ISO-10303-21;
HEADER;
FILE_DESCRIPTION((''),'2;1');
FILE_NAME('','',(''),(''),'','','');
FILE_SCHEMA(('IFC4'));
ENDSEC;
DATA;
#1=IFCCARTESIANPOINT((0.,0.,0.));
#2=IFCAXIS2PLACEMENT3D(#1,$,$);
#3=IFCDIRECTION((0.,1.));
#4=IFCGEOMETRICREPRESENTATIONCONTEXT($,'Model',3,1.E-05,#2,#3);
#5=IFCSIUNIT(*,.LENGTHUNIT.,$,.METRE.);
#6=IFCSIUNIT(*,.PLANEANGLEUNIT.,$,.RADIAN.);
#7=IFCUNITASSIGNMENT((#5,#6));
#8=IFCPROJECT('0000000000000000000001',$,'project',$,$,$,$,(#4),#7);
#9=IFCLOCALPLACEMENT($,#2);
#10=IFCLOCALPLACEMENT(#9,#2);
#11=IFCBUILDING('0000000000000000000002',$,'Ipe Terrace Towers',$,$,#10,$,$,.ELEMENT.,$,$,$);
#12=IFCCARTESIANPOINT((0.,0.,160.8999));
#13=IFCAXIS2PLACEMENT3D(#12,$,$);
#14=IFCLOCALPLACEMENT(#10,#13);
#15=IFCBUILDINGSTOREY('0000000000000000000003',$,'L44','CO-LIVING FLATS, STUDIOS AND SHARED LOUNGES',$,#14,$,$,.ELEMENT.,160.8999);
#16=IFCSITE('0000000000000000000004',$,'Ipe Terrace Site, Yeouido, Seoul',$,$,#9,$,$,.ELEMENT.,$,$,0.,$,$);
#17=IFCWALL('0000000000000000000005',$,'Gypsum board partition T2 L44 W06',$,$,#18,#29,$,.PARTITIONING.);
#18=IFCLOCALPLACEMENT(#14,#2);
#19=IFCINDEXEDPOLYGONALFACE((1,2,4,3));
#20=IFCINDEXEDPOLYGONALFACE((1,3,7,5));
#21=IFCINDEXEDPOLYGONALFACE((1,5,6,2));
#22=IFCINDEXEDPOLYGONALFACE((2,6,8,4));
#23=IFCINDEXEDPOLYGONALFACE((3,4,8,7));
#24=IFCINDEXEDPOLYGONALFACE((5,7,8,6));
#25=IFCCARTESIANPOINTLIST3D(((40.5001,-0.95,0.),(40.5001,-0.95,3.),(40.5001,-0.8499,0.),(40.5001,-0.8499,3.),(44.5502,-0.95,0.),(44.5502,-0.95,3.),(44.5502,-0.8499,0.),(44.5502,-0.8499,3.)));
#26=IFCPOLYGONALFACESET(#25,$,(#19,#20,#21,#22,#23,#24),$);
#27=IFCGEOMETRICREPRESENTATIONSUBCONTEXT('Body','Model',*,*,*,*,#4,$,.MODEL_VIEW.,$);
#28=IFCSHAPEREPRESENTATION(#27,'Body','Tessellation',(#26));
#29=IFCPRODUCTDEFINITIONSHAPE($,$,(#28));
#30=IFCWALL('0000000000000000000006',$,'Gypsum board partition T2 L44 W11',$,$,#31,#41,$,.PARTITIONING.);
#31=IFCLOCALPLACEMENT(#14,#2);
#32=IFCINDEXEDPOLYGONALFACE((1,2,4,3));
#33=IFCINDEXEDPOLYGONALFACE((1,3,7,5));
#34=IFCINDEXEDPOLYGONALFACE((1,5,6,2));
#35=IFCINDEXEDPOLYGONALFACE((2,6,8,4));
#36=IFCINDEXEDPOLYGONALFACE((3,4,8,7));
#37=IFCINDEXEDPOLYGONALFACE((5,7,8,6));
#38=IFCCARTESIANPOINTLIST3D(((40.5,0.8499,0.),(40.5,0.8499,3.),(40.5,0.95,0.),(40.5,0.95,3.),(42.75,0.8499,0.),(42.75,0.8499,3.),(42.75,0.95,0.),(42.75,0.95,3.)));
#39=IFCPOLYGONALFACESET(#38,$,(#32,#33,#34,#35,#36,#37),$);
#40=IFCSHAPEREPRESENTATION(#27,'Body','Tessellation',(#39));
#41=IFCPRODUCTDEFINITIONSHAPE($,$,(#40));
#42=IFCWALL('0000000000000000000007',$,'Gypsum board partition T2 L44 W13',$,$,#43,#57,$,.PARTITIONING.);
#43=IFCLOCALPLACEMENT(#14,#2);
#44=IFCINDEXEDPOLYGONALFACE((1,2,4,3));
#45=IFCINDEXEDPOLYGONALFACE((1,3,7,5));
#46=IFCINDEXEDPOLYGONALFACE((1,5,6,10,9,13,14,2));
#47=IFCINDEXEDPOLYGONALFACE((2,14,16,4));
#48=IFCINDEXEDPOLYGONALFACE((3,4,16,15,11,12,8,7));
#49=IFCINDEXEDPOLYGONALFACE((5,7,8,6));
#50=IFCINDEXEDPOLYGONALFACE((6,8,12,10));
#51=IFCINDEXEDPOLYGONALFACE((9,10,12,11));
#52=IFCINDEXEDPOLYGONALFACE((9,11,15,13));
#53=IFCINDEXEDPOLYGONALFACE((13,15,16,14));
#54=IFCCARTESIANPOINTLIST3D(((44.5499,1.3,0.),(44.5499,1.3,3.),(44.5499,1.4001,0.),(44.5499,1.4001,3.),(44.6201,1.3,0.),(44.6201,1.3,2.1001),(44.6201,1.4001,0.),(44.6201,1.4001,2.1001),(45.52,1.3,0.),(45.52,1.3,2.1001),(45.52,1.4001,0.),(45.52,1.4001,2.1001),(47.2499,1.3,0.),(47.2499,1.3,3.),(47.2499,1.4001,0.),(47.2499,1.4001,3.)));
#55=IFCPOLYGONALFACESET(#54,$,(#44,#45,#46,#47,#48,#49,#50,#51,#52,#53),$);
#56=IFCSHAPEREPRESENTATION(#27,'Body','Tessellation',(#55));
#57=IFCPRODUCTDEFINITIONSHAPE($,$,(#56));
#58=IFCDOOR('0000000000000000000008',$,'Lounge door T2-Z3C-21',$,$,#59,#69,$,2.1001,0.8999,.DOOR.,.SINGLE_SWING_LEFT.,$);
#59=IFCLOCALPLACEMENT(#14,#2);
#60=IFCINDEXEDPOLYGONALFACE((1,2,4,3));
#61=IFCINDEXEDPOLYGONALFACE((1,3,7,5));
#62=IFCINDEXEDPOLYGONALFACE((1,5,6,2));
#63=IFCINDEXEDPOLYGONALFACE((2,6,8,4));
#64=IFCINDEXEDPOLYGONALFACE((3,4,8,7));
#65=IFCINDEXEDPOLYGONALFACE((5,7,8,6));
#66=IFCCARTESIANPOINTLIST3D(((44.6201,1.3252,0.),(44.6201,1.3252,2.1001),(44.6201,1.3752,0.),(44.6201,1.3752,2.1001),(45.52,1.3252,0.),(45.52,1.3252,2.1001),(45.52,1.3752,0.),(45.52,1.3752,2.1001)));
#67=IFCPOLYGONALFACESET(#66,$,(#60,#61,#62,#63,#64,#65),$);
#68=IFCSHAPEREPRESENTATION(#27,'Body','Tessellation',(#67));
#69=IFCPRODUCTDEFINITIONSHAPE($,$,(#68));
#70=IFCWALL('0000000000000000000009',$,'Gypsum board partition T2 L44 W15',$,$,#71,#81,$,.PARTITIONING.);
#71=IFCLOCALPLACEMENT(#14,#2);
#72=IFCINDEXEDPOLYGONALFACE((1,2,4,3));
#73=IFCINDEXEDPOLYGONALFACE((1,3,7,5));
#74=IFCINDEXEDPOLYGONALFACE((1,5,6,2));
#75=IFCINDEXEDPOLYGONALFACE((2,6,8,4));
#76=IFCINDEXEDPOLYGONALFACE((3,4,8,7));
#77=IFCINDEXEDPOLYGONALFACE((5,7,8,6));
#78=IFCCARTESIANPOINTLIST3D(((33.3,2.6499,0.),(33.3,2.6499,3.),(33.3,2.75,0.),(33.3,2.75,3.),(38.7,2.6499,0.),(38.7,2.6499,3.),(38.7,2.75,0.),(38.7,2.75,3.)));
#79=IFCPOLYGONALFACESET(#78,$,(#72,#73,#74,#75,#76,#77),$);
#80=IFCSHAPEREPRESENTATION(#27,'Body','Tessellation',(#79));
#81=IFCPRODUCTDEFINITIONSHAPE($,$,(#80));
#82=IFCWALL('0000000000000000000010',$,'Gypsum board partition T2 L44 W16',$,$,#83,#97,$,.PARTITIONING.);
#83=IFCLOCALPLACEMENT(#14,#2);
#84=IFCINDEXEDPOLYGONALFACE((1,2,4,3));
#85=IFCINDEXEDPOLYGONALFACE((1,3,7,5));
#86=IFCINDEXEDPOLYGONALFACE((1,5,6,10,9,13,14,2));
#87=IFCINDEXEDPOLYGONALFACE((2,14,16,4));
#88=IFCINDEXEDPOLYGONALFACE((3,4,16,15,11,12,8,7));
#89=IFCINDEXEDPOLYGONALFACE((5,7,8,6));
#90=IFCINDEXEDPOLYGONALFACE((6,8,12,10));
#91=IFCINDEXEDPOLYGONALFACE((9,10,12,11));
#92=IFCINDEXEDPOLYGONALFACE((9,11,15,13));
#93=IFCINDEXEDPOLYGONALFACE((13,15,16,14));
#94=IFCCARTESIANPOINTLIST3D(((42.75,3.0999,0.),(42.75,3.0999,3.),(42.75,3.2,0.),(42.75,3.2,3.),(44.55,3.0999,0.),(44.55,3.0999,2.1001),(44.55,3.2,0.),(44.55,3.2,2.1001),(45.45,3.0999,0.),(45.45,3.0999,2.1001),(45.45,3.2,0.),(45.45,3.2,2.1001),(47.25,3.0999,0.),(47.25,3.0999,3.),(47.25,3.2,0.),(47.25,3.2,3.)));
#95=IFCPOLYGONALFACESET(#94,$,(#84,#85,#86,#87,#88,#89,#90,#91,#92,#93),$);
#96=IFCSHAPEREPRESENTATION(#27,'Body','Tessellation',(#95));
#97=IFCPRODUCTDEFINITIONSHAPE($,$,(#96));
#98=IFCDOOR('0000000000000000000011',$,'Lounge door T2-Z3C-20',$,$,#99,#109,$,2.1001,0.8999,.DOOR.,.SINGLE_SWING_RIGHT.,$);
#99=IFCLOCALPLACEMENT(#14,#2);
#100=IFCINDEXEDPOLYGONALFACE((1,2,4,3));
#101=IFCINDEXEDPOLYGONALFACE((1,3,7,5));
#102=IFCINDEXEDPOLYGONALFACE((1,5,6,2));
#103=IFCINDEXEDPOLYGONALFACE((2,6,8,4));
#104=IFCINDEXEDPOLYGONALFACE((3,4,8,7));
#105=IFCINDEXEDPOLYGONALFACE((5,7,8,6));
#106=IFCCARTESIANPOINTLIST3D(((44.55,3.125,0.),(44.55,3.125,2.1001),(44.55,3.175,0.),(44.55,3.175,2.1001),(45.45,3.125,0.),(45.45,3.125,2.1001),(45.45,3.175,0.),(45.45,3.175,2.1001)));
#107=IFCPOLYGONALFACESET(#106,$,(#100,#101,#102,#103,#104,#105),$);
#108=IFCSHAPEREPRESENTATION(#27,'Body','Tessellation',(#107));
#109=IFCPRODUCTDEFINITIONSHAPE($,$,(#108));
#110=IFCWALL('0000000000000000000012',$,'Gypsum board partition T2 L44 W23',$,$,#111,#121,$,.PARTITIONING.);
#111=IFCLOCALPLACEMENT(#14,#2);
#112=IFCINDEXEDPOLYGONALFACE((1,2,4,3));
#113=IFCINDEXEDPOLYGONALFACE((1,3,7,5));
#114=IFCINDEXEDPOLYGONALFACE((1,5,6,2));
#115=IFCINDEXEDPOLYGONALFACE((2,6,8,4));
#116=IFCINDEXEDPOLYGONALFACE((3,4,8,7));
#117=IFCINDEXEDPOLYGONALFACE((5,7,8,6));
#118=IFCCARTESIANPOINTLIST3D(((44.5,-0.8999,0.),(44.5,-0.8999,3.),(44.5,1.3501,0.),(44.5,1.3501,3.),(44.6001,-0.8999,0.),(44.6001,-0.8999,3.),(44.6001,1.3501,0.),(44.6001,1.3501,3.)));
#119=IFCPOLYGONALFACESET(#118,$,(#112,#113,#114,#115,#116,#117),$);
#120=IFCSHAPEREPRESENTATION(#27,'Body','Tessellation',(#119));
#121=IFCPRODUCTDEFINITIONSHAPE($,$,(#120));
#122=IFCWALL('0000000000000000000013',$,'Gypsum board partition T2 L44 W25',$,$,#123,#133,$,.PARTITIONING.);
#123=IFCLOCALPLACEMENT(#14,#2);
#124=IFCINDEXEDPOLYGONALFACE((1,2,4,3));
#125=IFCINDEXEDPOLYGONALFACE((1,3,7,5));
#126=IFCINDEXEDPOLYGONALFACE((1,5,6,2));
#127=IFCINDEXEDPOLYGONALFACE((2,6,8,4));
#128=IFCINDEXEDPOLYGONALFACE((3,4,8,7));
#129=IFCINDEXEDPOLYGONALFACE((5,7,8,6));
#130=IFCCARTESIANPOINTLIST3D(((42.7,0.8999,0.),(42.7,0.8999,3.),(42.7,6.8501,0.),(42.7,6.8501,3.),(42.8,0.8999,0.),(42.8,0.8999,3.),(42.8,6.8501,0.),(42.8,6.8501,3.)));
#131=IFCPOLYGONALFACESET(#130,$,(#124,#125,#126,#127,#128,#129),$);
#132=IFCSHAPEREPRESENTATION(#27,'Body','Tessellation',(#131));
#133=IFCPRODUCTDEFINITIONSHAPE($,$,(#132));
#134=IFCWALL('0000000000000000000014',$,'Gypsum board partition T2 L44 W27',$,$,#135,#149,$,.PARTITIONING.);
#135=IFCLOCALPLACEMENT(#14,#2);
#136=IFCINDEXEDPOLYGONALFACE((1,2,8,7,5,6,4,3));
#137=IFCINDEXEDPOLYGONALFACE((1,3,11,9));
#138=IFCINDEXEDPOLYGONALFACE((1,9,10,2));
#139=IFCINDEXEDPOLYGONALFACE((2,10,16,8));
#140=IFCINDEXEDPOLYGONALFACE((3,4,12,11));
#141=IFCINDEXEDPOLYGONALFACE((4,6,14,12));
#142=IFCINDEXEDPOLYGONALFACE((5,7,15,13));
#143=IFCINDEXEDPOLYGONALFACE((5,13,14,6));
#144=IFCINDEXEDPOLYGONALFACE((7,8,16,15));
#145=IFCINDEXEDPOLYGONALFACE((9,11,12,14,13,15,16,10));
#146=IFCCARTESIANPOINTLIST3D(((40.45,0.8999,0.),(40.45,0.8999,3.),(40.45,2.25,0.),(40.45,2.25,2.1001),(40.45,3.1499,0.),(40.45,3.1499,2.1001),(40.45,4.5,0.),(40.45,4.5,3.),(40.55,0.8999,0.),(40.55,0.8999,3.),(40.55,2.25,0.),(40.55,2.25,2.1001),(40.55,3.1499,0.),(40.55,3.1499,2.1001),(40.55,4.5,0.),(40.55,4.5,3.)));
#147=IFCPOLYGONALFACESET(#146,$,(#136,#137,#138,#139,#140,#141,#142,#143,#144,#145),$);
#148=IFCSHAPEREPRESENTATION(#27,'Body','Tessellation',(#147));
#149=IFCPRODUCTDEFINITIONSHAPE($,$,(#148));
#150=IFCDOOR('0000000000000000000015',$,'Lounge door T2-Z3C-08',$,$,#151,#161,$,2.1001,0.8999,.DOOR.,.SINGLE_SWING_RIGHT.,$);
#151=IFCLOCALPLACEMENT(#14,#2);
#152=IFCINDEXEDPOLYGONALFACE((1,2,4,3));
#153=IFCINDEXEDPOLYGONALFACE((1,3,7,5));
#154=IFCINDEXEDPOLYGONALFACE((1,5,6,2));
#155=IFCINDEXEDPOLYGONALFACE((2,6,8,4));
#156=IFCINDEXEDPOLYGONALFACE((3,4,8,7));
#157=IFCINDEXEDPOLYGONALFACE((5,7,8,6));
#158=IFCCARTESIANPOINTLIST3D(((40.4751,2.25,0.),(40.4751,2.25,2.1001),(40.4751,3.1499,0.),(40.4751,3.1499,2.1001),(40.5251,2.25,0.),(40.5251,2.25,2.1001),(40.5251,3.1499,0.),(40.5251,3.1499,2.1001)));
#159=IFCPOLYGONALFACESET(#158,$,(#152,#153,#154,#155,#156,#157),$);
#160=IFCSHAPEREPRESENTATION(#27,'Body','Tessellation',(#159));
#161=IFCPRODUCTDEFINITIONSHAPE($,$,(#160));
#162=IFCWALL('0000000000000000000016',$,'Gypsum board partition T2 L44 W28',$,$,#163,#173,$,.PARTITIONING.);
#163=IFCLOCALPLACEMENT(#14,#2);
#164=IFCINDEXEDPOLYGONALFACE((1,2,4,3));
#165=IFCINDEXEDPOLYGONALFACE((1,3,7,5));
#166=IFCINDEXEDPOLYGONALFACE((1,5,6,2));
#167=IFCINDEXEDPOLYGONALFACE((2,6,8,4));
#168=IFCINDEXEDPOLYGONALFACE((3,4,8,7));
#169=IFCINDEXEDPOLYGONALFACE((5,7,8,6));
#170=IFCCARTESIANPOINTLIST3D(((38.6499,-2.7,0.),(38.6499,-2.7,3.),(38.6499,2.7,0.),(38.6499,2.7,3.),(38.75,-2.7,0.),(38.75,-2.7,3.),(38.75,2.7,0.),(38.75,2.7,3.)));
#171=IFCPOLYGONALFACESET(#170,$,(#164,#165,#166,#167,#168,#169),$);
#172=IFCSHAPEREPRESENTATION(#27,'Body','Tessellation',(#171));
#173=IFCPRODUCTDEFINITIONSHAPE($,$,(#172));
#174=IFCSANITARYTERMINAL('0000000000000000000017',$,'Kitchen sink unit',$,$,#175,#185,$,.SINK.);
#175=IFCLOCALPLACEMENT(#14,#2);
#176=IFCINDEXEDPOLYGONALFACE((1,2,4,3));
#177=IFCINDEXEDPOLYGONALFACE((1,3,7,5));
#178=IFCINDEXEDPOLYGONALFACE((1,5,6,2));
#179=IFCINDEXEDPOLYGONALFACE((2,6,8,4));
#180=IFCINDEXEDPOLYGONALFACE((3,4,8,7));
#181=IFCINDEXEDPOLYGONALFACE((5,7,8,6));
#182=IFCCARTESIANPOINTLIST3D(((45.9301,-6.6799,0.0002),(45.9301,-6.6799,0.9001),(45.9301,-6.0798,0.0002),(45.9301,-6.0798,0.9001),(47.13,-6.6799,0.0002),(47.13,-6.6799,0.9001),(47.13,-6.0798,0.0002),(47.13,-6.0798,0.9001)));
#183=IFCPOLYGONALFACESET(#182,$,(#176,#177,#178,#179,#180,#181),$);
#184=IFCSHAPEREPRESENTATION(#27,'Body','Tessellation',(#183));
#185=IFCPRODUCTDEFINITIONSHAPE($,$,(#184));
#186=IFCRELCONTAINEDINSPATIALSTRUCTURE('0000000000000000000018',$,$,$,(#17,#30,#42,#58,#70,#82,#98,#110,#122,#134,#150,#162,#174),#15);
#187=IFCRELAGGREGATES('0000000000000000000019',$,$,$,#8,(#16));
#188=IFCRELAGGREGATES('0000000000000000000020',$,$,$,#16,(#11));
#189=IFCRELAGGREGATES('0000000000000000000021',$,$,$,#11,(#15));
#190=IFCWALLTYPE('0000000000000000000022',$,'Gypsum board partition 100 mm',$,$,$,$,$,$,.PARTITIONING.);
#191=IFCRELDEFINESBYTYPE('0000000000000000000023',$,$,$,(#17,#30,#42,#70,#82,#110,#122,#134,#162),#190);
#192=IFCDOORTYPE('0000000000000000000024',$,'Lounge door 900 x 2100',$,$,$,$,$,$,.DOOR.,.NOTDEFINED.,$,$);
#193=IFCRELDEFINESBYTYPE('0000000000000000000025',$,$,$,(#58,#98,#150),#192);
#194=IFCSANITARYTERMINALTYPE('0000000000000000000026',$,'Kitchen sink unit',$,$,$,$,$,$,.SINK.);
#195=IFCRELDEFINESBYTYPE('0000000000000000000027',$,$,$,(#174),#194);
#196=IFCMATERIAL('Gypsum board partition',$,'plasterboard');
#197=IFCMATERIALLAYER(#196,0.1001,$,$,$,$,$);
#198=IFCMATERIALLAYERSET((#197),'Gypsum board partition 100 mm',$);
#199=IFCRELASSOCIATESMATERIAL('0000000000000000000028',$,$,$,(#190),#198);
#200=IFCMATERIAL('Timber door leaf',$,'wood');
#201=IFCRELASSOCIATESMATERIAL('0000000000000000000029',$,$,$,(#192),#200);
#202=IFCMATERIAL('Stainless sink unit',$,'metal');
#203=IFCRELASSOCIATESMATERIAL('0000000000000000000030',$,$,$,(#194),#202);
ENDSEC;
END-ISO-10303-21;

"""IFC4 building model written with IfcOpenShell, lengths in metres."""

from ifc_helpers import new_model, si_unit, direction, frame, frame_2d, origin, origin_2d, place, context, subcontext, project, spatial, rectangle, extrude, material, layer, layer_set, type_object, element, fill, save


model = new_model("IFC4")

# Units and contexts
model_context = context("Model", 3, precision=1e-05, world=origin(), true_north=direction((0.0, 1.0)))
body_context = subcontext(model_context, "Body", "Model", "MODEL_VIEW")
ifc_project = project(units=[si_unit("LENGTHUNIT", "METRE"), si_unit("PLANEANGLEUNIT", "RADIAN")], contexts=[model_context])

# Site, building, storey
site_placement = place(None, origin())
site = spatial("IfcSite", under=ifc_project, at=site_placement, Name="Ipe Terrace Site, Yeouido, Seoul", CompositionType="ELEMENT", RefElevation=0.0)
building_placement = place(site_placement, origin())
building = spatial("IfcBuilding", under=site, at=building_placement, Name="Ipe Terrace Towers", CompositionType="ELEMENT")
storey_placement = place(building_placement, frame((0.0, 0.0, 160.8999)))
storey = spatial("IfcBuildingStorey", under=building, at=storey_placement, Name="L44", Description="CO-LIVING FLATS, STUDIOS AND SHARED LOUNGES", CompositionType="ELEMENT", Elevation=160.8999)

# Shared definitions
ifc_material_1 = material(Name="Gypsum board partition", Category="plasterboard")
ifc_layer_1 = layer(ifc_material_1, 0.1001)
ifc_layer_set_1 = layer_set([ifc_layer_1], Name="Gypsum board partition 100 mm")
wall_type_1 = type_object("IfcWallType", Name="Gypsum board partition 100 mm", PredefinedType="PARTITIONING", material=ifc_layer_set_1)
ifc_material_2 = material(Name="Timber door leaf", Category="wood")
door_type = type_object("IfcDoorType", Name="Lounge door 900 x 2100", OperationType="NOTDEFINED", PredefinedType="DOOR", material=ifc_material_2)

# Walls
wall_1_placement = place(storey_placement, frame((44.55, -0.8999, 0.0), z_axis=(0.0, 0.0, 1.0), x_axis=(-1.0, 0.0, 0.0)))
element("IfcWall", 1, at=wall_1_placement, inside=storey, type_object=wall_type_1, Name="Gypsum board partition T2 L44 W06", PredefinedType="PARTITIONING", context=body_context, shape_type="SweptSolid", body=[
    extrude(rectangle(XDim=4.05, YDim=0.1001, at=frame_2d((2.0249, 0.0))), origin(), (0.0, 0.0, 1.0), 3.0),
])
wall_2_placement = place(storey_placement, frame((42.75, 0.8999, 0.0), z_axis=(0.0, 0.0, 1.0), x_axis=(-1.0, 0.0, 0.0)))
element("IfcWall", 2, at=wall_2_placement, inside=storey, type_object=wall_type_1, Name="Gypsum board partition T2 L44 W11", PredefinedType="PARTITIONING", context=body_context, shape_type="SweptSolid", body=[
    extrude(rectangle(XDim=2.25, YDim=0.1001, at=frame_2d((1.125, 0.0))), origin(), (0.0, 0.0, 1.0), 3.0),
])

# Wall, opening, door
wall_3_placement = place(storey_placement, frame((47.25, 1.3501, 0.0), z_axis=(0.0, 0.0, 1.0), x_axis=(-1.0, 0.0, 0.0)))
wall_3 = element("IfcWall", 3, at=wall_3_placement, inside=storey, type_object=wall_type_1, Name="Gypsum board partition T2 L44 W13", PredefinedType="PARTITIONING", context=body_context, shape_type="SweptSolid", body=[
    extrude(rectangle(XDim=2.7, YDim=0.1001, at=frame_2d((1.3501, 0.0))), origin(), (0.0, 0.0, 1.0), 3.0),
])
opening_1_placement = place(wall_3_placement, frame((1.73, 0.0, 0.0)))
opening_1 = element("IfcOpeningElement", 4, at=opening_1_placement, cuts=wall_3, PredefinedType="OPENING", context=body_context, shape_type="SweptSolid", body=[
    extrude(rectangle(XDim=0.8999, YDim=2.1001, at=frame_2d((0.45, 1.05))), frame((0.0, 0.0601, 0.0), z_axis=(0.0, -1.0, 0.0), x_axis=(1.0, 0.0, 0.0)), (0.0, 0.0, 1.0), 0.1201),
])
door_1_placement = place(opening_1_placement, origin())
door_1 = element("IfcDoor", 5, at=door_1_placement, inside=storey, type_object=door_type, Name="Lounge door T2-Z3C-21", OperationType="SINGLE_SWING_LEFT", OverallHeight=2.1001, OverallWidth=0.8999, PredefinedType="DOOR", context=body_context, shape_type="SweptSolid", body=[
    extrude(rectangle(XDim=0.8999, YDim=2.1001, at=frame_2d((0.45, 1.05))), frame((0.0, 0.0249, 0.0), z_axis=(0.0, -1.0, 0.0), x_axis=(1.0, 0.0, 0.0)), (0.0, 0.0, 1.0), 0.05),
])
fill(opening_1, door_1)

# Wall
wall_4_placement = place(storey_placement, frame((38.7, 2.7, 0.0), z_axis=(0.0, 0.0, 1.0), x_axis=(-1.0, 0.0, 0.0)))
element("IfcWall", 6, at=wall_4_placement, inside=storey, type_object=wall_type_1, Name="Gypsum board partition T2 L44 W15", PredefinedType="PARTITIONING", context=body_context, shape_type="SweptSolid", body=[
    extrude(rectangle(XDim=5.3999, YDim=0.1001, at=frame_2d((2.7, 0.0))), origin(), (0.0, 0.0, 1.0), 3.0),
])

# Wall, opening, door
wall_5_placement = place(storey_placement, frame((47.25, 3.1499, 0.0), z_axis=(0.0, 0.0, 1.0), x_axis=(-1.0, 0.0, 0.0)))
wall_5 = element("IfcWall", 7, at=wall_5_placement, inside=storey, type_object=wall_type_1, Name="Gypsum board partition T2 L44 W16", PredefinedType="PARTITIONING", context=body_context, shape_type="SweptSolid", body=[
    extrude(rectangle(XDim=4.5, YDim=0.1001, at=frame_2d((2.25, 0.0))), origin(), (0.0, 0.0, 1.0), 3.0),
])
opening_2_placement = place(wall_5_placement, frame((1.8, 0.0, 0.0)))
opening_2 = element("IfcOpeningElement", 8, at=opening_2_placement, cuts=wall_5, PredefinedType="OPENING", context=body_context, shape_type="SweptSolid", body=[
    extrude(rectangle(XDim=0.8999, YDim=2.1001, at=frame_2d((0.45, 1.05))), frame((0.0, 0.0601, 0.0), z_axis=(0.0, -1.0, 0.0), x_axis=(1.0, 0.0, 0.0)), (0.0, 0.0, 1.0), 0.1201),
])
door_2_placement = place(opening_2_placement, origin())
door_2 = element("IfcDoor", 9, at=door_2_placement, inside=storey, type_object=door_type, Name="Lounge door T2-Z3C-20", OperationType="SINGLE_SWING_RIGHT", OverallHeight=2.1001, OverallWidth=0.8999, PredefinedType="DOOR", context=body_context, shape_type="SweptSolid", body=[
    extrude(rectangle(XDim=0.8999, YDim=2.1001, at=frame_2d((0.45, 1.05))), frame((0.0, 0.0249, 0.0), z_axis=(0.0, -1.0, 0.0), x_axis=(1.0, 0.0, 0.0)), (0.0, 0.0, 1.0), 0.05),
])
fill(opening_2, door_2)

# Walls
wall_6_placement = place(storey_placement, frame((44.55, -0.8999, 0.0), z_axis=(0.0, 0.0, 1.0), x_axis=(0.0, 1.0, 0.0)))
element("IfcWall", 10, at=wall_6_placement, inside=storey, type_object=wall_type_1, Name="Gypsum board partition T2 L44 W23", PredefinedType="PARTITIONING", context=body_context, shape_type="SweptSolid", body=[
    extrude(rectangle(XDim=2.25, YDim=0.1001, at=frame_2d((1.125, 0.0))), origin(), (0.0, 0.0, 1.0), 3.0),
])
wall_7_placement = place(storey_placement, frame((42.75, 0.8999, 0.0), z_axis=(0.0, 0.0, 1.0), x_axis=(0.0, 1.0, 0.0)))
element("IfcWall", 11, at=wall_7_placement, inside=storey, type_object=wall_type_1, Name="Gypsum board partition T2 L44 W25", PredefinedType="PARTITIONING", context=body_context, shape_type="SweptSolid", body=[
    extrude(rectangle(XDim=5.9502, YDim=0.1001, at=frame_2d((2.9751, 0.0))), origin(), (0.0, 0.0, 1.0), 3.0),
])

# Wall, opening, door
wall_8_placement = place(storey_placement, frame((40.5, 0.8999, 0.0), z_axis=(0.0, 0.0, 1.0), x_axis=(0.0, 1.0, 0.0)))
wall_8 = element("IfcWall", 12, at=wall_8_placement, inside=storey, type_object=wall_type_1, Name="Gypsum board partition T2 L44 W27", PredefinedType="PARTITIONING", context=body_context, shape_type="SweptSolid", body=[
    extrude(rectangle(XDim=3.6001, YDim=0.1001, at=frame_2d((1.8, 0.0))), origin(), (0.0, 0.0, 1.0), 3.0),
])
opening_3_placement = place(wall_8_placement, frame((1.3501, 0.0, 0.0)))
opening_3 = element("IfcOpeningElement", 13, at=opening_3_placement, cuts=wall_8, PredefinedType="OPENING", context=body_context, shape_type="SweptSolid", body=[
    extrude(rectangle(XDim=0.8999, YDim=2.1001, at=frame_2d((0.45, 1.05))), frame((0.0, 0.0601, 0.0), z_axis=(0.0, -1.0, 0.0), x_axis=(1.0, 0.0, 0.0)), (0.0, 0.0, 1.0), 0.1201),
])
door_3_placement = place(opening_3_placement, origin())
door_3 = element("IfcDoor", 14, at=door_3_placement, inside=storey, type_object=door_type, Name="Lounge door T2-Z3C-08", OperationType="SINGLE_SWING_RIGHT", OverallHeight=2.1001, OverallWidth=0.8999, PredefinedType="DOOR", context=body_context, shape_type="SweptSolid", body=[
    extrude(rectangle(XDim=0.8999, YDim=2.1001, at=frame_2d((0.45, 1.05))), frame((0.0, 0.0249, 0.0), z_axis=(0.0, -1.0, 0.0), x_axis=(1.0, 0.0, 0.0)), (0.0, 0.0, 1.0), 0.05),
])
fill(opening_3, door_3)

# Wall
wall_9_placement = place(storey_placement, frame((38.7, -2.7, 0.0), z_axis=(0.0, 0.0, 1.0), x_axis=(0.0, 1.0, 0.0)))
element("IfcWall", 15, at=wall_9_placement, inside=storey, type_object=wall_type_1, Name="Gypsum board partition T2 L44 W28", PredefinedType="PARTITIONING", context=body_context, shape_type="SweptSolid", body=[
    extrude(rectangle(XDim=5.3999, YDim=0.1001, at=frame_2d((2.7, 0.0))), origin(), (0.0, 0.0, 1.0), 3.0),
])

# Sanitary terminal
ifc_material_3 = material(Name="Stainless sink unit", Category="metal")
sanitary_terminal_type = type_object("IfcSanitaryTerminalType", Name="Kitchen sink unit", PredefinedType="SINK", material=ifc_material_3)
sanitary_terminal_placement = place(storey_placement, frame((46.53, -6.3799, 0.0002), z_axis=(0.0, 0.0, 1.0), x_axis=(-1.0, 0.0, 0.0)))
element("IfcSanitaryTerminal", 16, at=sanitary_terminal_placement, inside=storey, type_object=sanitary_terminal_type, Name="Kitchen sink unit", PredefinedType="SINK", context=body_context, shape_type="SweptSolid", body=[
    extrude(rectangle(XDim=1.2, YDim=0.6001, at=origin_2d()), origin(), (0.0, 0.0, 1.0), 0.8999),
])

save(model, "model.ifc")
